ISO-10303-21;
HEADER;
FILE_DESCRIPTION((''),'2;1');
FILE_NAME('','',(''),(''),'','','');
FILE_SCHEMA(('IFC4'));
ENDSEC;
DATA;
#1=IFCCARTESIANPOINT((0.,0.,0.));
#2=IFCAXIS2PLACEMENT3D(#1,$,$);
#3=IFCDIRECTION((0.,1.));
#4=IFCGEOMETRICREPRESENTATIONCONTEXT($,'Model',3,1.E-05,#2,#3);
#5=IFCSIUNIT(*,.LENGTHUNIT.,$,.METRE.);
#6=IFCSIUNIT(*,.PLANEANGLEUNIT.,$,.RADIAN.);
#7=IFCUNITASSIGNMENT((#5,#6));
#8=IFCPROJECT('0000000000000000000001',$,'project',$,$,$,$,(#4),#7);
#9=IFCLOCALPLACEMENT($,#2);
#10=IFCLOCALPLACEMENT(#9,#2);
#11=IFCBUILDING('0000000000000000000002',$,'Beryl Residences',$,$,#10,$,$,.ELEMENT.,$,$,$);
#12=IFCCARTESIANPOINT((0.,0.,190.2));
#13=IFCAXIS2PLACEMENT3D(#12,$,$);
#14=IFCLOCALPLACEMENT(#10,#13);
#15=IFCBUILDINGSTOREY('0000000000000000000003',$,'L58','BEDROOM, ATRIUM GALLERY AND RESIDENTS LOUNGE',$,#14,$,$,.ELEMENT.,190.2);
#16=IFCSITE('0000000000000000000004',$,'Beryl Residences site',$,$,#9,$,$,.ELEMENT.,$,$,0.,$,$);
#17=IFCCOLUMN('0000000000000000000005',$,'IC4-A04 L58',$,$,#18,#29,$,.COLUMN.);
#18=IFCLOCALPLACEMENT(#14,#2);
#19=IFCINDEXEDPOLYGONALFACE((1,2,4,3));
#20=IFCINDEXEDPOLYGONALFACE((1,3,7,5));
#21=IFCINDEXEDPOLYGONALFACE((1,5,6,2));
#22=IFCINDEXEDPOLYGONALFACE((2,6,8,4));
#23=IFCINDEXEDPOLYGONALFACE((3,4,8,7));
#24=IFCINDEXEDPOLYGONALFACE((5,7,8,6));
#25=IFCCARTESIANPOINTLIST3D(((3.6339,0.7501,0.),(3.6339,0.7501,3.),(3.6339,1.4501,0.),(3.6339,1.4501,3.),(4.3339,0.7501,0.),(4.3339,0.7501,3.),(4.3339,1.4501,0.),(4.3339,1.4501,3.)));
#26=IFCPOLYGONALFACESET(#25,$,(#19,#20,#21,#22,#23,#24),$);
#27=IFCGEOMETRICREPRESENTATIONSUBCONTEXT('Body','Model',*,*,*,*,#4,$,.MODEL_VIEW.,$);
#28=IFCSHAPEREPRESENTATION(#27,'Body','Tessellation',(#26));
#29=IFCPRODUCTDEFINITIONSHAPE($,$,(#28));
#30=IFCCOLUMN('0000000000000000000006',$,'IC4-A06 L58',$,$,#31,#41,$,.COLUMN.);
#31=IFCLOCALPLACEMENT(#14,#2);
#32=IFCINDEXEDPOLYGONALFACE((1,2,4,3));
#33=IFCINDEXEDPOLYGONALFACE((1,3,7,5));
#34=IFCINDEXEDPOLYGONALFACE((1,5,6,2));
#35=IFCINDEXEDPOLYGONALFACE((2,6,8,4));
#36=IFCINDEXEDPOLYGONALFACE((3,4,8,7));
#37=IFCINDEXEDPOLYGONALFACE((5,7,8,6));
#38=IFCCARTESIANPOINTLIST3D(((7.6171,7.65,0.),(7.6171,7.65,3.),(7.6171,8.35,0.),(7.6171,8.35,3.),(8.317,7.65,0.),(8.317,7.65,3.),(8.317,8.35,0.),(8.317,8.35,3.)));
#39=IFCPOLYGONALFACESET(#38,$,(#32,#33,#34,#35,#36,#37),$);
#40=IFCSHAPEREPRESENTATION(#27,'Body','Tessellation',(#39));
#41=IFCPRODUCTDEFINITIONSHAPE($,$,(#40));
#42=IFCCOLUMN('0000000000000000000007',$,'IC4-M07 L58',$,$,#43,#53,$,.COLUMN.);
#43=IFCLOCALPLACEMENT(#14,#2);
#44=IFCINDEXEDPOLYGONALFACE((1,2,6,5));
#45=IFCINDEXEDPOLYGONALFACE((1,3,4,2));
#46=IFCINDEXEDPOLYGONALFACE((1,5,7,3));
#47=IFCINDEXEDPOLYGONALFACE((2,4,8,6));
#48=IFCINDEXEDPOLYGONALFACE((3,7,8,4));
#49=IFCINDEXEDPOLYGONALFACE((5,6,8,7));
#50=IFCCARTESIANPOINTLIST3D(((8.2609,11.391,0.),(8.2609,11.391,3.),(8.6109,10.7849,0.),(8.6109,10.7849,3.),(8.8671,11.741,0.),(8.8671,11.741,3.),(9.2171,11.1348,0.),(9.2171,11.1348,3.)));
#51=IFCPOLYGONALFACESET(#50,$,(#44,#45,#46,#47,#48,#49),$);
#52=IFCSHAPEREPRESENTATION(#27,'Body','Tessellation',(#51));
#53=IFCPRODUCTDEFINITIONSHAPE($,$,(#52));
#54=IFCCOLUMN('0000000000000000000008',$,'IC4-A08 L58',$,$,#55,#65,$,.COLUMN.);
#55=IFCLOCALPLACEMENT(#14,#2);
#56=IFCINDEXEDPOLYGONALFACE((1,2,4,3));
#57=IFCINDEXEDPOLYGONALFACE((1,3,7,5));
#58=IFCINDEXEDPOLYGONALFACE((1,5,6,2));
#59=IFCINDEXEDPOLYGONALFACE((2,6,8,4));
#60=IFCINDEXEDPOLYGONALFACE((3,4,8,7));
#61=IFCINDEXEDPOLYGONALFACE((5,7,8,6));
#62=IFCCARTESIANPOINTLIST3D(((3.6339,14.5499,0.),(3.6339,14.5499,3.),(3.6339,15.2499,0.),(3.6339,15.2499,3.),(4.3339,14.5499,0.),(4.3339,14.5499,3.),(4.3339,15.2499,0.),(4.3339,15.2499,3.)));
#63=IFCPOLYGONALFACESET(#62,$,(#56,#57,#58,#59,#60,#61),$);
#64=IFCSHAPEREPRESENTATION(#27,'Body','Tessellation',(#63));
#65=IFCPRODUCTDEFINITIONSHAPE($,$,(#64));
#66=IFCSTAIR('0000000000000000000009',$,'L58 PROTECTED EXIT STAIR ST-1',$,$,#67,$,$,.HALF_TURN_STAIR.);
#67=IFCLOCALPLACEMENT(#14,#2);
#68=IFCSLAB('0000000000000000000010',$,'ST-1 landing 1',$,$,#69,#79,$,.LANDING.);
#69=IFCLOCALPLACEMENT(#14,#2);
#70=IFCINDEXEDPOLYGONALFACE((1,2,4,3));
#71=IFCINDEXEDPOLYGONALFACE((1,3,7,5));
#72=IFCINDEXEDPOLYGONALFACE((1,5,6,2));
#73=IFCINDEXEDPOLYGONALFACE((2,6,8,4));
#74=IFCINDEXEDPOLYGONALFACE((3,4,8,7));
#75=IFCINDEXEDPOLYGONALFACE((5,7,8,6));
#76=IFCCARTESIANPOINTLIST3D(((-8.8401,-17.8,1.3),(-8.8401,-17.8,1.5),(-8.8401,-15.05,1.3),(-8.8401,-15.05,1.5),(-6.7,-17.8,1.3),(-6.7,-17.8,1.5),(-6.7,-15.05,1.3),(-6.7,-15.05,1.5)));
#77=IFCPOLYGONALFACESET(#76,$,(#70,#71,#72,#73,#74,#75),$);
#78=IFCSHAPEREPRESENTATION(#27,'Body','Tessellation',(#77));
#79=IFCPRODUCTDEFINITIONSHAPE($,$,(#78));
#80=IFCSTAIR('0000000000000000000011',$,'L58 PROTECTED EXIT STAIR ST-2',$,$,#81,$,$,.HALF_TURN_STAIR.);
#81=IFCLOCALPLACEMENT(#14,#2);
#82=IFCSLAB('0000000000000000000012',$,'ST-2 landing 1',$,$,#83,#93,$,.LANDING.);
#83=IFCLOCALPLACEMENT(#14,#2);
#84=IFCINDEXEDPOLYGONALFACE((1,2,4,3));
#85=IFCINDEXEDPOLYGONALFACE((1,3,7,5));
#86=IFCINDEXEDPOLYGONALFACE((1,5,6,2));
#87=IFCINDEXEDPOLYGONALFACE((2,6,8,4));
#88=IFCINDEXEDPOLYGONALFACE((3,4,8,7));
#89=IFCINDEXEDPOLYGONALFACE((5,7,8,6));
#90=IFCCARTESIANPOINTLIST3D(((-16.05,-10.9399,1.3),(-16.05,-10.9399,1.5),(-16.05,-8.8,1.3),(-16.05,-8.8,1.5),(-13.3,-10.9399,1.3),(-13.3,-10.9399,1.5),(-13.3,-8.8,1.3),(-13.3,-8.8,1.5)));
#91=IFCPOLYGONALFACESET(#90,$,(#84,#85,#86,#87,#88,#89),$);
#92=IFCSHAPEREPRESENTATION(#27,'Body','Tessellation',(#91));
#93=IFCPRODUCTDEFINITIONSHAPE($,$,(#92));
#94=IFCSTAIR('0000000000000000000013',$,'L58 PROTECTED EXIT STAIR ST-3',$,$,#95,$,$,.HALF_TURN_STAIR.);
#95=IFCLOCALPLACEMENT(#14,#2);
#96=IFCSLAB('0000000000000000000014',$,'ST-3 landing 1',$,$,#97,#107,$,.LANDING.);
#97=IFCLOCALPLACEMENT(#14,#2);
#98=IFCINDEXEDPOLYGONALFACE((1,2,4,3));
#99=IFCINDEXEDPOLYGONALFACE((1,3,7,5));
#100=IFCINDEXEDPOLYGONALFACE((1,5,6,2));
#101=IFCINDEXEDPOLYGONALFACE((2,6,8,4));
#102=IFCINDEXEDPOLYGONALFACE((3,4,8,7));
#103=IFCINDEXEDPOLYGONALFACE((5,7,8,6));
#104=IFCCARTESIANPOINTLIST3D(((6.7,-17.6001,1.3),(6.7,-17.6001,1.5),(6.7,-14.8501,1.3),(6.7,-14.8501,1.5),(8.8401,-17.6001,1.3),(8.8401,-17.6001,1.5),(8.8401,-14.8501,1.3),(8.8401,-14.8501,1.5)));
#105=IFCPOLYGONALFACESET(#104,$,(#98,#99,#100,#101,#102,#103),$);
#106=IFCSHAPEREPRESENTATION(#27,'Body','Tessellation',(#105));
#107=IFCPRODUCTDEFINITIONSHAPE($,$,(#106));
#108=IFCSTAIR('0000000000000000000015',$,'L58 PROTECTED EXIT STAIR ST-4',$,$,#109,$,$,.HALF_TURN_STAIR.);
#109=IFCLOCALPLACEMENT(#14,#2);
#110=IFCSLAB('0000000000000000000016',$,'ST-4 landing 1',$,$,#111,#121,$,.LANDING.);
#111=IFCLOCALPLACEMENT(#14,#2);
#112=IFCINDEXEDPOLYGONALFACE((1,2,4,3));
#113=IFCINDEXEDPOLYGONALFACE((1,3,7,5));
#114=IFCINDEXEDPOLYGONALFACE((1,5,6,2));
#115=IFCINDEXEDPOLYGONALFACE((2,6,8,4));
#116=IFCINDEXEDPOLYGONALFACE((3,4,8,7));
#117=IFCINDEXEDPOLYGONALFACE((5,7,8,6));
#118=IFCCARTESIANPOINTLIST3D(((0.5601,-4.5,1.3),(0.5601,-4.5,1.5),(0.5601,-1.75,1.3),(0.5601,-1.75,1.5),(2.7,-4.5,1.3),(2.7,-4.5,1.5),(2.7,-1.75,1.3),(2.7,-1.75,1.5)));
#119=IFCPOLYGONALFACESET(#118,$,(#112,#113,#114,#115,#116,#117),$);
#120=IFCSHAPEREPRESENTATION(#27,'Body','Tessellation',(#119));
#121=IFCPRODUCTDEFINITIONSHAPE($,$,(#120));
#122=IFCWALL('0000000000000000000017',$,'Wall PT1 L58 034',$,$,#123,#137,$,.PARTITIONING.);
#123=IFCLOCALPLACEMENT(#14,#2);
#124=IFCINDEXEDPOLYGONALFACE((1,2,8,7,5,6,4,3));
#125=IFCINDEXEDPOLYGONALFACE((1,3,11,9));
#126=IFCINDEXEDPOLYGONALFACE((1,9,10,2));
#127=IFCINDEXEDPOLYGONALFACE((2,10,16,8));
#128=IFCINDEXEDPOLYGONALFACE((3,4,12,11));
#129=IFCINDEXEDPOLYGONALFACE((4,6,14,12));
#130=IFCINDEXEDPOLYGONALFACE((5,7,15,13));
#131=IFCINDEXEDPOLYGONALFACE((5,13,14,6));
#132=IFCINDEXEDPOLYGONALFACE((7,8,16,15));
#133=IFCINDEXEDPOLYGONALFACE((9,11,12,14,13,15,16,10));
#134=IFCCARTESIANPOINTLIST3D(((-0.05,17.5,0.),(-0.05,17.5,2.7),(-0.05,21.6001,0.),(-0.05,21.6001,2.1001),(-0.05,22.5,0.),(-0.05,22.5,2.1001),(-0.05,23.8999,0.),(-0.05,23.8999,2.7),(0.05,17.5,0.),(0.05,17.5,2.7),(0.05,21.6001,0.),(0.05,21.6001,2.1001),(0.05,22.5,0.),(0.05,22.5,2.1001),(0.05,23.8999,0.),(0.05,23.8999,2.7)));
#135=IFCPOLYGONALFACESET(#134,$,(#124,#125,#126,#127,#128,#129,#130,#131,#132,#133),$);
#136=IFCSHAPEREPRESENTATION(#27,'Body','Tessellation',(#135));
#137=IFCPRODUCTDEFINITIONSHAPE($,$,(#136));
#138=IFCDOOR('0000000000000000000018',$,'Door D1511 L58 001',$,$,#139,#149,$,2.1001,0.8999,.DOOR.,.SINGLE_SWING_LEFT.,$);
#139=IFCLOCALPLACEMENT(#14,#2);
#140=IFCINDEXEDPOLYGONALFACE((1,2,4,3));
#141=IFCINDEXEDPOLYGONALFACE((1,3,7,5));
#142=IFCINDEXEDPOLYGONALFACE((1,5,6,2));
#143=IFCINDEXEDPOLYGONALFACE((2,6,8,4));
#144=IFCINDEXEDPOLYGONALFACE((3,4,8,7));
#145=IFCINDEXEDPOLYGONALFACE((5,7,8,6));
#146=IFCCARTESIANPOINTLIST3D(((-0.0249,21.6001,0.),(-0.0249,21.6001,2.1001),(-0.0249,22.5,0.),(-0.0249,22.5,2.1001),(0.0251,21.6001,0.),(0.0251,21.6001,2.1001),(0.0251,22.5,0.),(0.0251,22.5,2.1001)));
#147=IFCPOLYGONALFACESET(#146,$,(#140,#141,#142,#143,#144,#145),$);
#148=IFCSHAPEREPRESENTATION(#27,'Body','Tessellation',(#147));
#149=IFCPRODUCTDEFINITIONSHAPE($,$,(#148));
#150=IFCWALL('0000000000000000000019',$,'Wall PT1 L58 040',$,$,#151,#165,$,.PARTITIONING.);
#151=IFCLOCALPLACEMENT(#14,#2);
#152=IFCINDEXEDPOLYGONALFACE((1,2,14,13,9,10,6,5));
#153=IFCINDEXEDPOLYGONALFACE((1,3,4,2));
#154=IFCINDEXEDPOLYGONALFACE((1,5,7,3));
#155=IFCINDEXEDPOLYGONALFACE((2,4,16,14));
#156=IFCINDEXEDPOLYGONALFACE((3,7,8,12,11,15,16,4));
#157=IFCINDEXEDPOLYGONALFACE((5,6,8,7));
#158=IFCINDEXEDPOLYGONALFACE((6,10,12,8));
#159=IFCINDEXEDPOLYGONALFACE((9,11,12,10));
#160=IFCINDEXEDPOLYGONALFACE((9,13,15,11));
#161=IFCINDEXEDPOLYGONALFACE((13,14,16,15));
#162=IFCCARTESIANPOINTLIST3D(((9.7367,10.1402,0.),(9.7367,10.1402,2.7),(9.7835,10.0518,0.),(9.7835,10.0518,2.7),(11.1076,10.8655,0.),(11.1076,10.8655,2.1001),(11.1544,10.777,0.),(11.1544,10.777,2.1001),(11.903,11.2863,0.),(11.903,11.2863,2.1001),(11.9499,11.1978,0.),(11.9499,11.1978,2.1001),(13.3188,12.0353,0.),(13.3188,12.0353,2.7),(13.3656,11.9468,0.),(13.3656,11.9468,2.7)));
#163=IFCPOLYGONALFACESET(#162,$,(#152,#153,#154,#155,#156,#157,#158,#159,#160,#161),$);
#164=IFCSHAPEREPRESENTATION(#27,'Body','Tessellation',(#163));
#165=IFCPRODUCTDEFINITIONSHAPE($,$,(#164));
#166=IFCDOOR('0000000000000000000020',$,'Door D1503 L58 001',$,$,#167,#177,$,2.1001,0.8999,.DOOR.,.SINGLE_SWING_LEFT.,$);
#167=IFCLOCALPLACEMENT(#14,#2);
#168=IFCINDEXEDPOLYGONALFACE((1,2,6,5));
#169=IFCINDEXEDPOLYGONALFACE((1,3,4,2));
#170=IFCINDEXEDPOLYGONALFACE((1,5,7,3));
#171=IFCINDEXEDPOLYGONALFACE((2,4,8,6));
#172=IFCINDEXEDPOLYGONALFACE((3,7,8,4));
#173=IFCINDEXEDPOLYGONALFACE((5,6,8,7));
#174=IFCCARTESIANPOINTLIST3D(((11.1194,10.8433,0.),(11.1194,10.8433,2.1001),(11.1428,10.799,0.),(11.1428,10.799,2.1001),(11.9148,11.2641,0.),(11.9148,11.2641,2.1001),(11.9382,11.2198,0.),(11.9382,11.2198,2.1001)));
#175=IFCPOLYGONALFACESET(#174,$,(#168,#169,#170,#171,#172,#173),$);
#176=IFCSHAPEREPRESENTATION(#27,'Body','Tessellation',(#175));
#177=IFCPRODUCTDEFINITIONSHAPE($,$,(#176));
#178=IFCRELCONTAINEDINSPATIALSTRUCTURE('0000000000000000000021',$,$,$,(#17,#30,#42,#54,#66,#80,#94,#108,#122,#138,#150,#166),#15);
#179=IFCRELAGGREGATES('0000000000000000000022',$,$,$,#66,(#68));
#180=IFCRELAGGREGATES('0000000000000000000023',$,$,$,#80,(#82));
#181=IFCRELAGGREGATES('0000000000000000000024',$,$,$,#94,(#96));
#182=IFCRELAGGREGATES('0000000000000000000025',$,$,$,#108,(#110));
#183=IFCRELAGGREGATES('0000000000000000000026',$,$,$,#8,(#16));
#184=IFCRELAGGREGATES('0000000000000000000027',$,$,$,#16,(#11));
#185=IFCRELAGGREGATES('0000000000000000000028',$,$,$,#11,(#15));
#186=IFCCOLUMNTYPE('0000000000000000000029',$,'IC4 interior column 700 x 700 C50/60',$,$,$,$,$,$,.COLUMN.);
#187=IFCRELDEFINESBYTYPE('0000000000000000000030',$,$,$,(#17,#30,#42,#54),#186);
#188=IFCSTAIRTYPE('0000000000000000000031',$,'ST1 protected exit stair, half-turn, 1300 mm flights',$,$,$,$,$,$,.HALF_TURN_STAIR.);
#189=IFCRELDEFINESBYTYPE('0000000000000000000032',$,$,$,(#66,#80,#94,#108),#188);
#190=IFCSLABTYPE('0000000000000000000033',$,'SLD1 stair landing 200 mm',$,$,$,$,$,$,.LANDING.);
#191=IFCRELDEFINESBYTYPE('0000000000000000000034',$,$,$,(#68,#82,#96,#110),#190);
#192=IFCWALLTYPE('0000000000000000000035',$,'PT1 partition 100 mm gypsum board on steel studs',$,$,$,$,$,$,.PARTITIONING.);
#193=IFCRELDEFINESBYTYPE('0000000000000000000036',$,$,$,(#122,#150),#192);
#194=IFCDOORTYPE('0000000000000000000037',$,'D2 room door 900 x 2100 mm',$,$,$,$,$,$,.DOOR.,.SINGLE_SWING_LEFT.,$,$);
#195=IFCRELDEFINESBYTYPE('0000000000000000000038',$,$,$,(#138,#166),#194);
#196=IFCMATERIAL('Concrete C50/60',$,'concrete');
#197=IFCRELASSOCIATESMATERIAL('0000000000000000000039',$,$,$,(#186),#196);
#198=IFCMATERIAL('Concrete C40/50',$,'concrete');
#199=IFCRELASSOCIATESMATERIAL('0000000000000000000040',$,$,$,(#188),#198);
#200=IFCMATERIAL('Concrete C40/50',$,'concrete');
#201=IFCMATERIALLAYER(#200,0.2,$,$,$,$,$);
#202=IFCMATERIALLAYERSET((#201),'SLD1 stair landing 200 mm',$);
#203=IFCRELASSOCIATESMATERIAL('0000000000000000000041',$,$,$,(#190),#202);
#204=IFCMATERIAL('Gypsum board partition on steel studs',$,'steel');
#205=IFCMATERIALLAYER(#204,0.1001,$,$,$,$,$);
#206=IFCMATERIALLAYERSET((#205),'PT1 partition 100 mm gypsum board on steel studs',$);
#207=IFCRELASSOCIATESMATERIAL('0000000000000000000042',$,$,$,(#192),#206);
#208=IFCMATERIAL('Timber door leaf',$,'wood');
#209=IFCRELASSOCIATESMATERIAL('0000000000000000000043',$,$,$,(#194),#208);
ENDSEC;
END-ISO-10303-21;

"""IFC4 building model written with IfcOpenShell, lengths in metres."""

from ifc_helpers import new_model, si_unit, direction, frame, frame_2d, origin, origin_2d, place, context, subcontext, project, spatial, polyline, rectangle, outline, extrude, material, layer, layer_set, material_profile, profile_set, type_object, element, fill, aggregate, save


model = new_model("IFC4")

# Units and contexts
model_context = context("Model", 3, precision=1e-05, world=origin(), true_north=direction((0.0, 1.0)))
body_context = subcontext(model_context, "Body", "Model", "MODEL_VIEW")
ifc_project = project(units=[si_unit("LENGTHUNIT", "METRE"), si_unit("PLANEANGLEUNIT", "RADIAN")], contexts=[model_context])

# Site, building, storey
site_placement = place(None, origin())
site = spatial("IfcSite", under=ifc_project, at=site_placement, Name="Beryl Residences site", CompositionType="ELEMENT", RefElevation=0.0)
building_placement = place(site_placement, origin())
building = spatial("IfcBuilding", under=site, at=building_placement, Name="Beryl Residences", CompositionType="ELEMENT")
storey_placement = place(building_placement, frame((0.0, 0.0, 190.2)))
storey = spatial("IfcBuildingStorey", under=building, at=storey_placement, Name="L58", Description="BEDROOM, ATRIUM GALLERY AND RESIDENTS LOUNGE", CompositionType="ELEMENT", Elevation=190.2)

# Columns
ifc_material_1 = material(Name="Concrete C50/60", Category="concrete")
ifc_material_profile = material_profile(ifc_material_1, rectangle(XDim=0.7, YDim=0.7, at=origin_2d()))
ifc_profile_set = profile_set([ifc_material_profile], Name="Concrete C50/60")
column_type = type_object("IfcColumnType", Name="IC4 interior column 700 x 700 C50/60", PredefinedType="COLUMN", material=ifc_profile_set)
for number, where, z_axis, x_axis, name in (
    (1, (3.9839, 1.1001, 0.0), (0.0, 0.0, 1.0), (1.0, 0.0, 0.0), "IC4-A04 L58"),
    (2, (7.967, 8.0, 0.0), (0.0, 0.0, 1.0), (1.0, 0.0, 0.0), "IC4-A06 L58"),
    (3, (8.739, 11.2629, 0.0), (0.0, 0.0, 1.0), (-0.5, 0.866025, 0.0), "IC4-M07 L58"),
    (4, (3.9839, 14.8999, 0.0), (0.0, 0.0, 1.0), (1.0, 0.0, 0.0), "IC4-A08 L58"),
):
    element("IfcColumn", number, at=place(storey_placement, frame(where, z_axis=z_axis, x_axis=x_axis)), inside=storey, type_object=column_type, Name=name, PredefinedType="COLUMN", context=body_context, shape_type="SweptSolid", body=[
        extrude(rectangle(XDim=0.7, YDim=0.7, at=origin_2d()), origin(), (0.0, 0.0, 1.0), 3.0),
    ])

# Stairs, slabs
ifc_material_2 = material(Name="Concrete C40/50", Category="concrete")
stair_type = type_object("IfcStairType", Name="ST1 protected exit stair, half-turn, 1300 mm flights", PredefinedType="HALF_TURN_STAIR", material=ifc_material_2)
stair_1_placement = place(storey_placement, origin())
stair_1 = element("IfcStair", 5, at=stair_1_placement, inside=storey, type_object=stair_type, Name="L58 PROTECTED EXIT STAIR ST-1", PredefinedType="HALF_TURN_STAIR")
ifc_material_3 = material(Name="Concrete C40/50", Category="concrete")
ifc_layer_1 = layer(ifc_material_3, 0.2)
ifc_layer_set_1 = layer_set([ifc_layer_1], Name="SLD1 stair landing 200 mm")
slab_type_1 = type_object("IfcSlabType", Name="SLD1 stair landing 200 mm", PredefinedType="LANDING", material=ifc_layer_set_1)
slab_1_placement = place(storey_placement, frame((0.0, 0.0, 1.3)))
slab_1 = element("IfcSlab", 6, at=slab_1_placement, type_object=slab_type_1, Name="ST-1 landing 1", PredefinedType="LANDING", context=body_context, shape_type="SweptSolid", body=[
    extrude(outline(polyline([(-8.8401, -17.8), (-6.7, -17.8), (-6.7, -15.05), (-8.8401, -15.05), (-8.8401, -17.8)])), origin(), (0.0, 0.0, 1.0), 0.2),
])
aggregate(stair_1, [slab_1])
stair_2_placement = place(storey_placement, origin())
stair_2 = element("IfcStair", 7, at=stair_2_placement, inside=storey, type_object=stair_type, Name="L58 PROTECTED EXIT STAIR ST-2", PredefinedType="HALF_TURN_STAIR")
slab_2_placement = place(storey_placement, frame((0.0, 0.0, 1.3)))
slab_2 = element("IfcSlab", 8, at=slab_2_placement, type_object=slab_type_1, Name="ST-2 landing 1", PredefinedType="LANDING", context=body_context, shape_type="SweptSolid", body=[
    extrude(outline(polyline([(-13.3, -10.9399), (-13.3, -8.8), (-16.05, -8.8), (-16.05, -10.9399), (-13.3, -10.9399)])), origin(), (0.0, 0.0, 1.0), 0.2),
])
aggregate(stair_2, [slab_2])
stair_3_placement = place(storey_placement, origin())
stair_3 = element("IfcStair", 9, at=stair_3_placement, inside=storey, type_object=stair_type, Name="L58 PROTECTED EXIT STAIR ST-3", PredefinedType="HALF_TURN_STAIR")
slab_3_placement = place(storey_placement, frame((0.0, 0.0, 1.3)))
slab_3 = element("IfcSlab", 10, at=slab_3_placement, type_object=slab_type_1, Name="ST-3 landing 1", PredefinedType="LANDING", context=body_context, shape_type="SweptSolid", body=[
    extrude(outline(polyline([(8.8401, -14.8501), (6.7, -14.8501), (6.7, -17.6001), (8.8401, -17.6001), (8.8401, -14.8501)])), origin(), (0.0, 0.0, 1.0), 0.2),
])
aggregate(stair_3, [slab_3])
stair_4_placement = place(storey_placement, origin())
stair_4 = element("IfcStair", 11, at=stair_4_placement, inside=storey, type_object=stair_type, Name="L58 PROTECTED EXIT STAIR ST-4", PredefinedType="HALF_TURN_STAIR")
slab_4_placement = place(storey_placement, frame((0.0, 0.0, 1.3)))
slab_4 = element("IfcSlab", 12, at=slab_4_placement, type_object=slab_type_1, Name="ST-4 landing 1", PredefinedType="LANDING", context=body_context, shape_type="SweptSolid", body=[
    extrude(outline(polyline([(0.5601, -4.5), (2.7, -4.5), (2.7, -1.75), (0.5601, -1.75), (0.5601, -4.5)])), origin(), (0.0, 0.0, 1.0), 0.2),
])
aggregate(stair_4, [slab_4])

# Walls, openings, doors
ifc_material_4 = material(Name="Gypsum board partition on steel studs", Category="steel")
ifc_layer_2 = layer(ifc_material_4, 0.1001)
ifc_layer_set_2 = layer_set([ifc_layer_2], Name="PT1 partition 100 mm gypsum board on steel studs")
wall_type_1 = type_object("IfcWallType", Name="PT1 partition 100 mm gypsum board on steel studs", PredefinedType="PARTITIONING", material=ifc_layer_set_2)
wall_1_placement = place(storey_placement, frame((0.0, 17.5, 0.0), z_axis=(0.0, 0.0, 1.0), x_axis=(0.0, 1.0, 0.0)))
wall_1 = element("IfcWall", 13, at=wall_1_placement, inside=storey, type_object=wall_type_1, Name="Wall PT1 L58 034", PredefinedType="PARTITIONING", context=body_context, shape_type="SweptSolid", body=[
    extrude(rectangle(XDim=6.3999, YDim=0.1001, at=frame_2d((3.2, 0.0))), origin(), (0.0, 0.0, 1.0), 2.7),
])
opening_1_placement = place(wall_1_placement, frame((4.1001, 0.0, 0.0)))
opening_1 = element("IfcOpeningElement", 14, at=opening_1_placement, cuts=wall_1, PredefinedType="OPENING", context=body_context, shape_type="SweptSolid", body=[
    extrude(rectangle(XDim=0.8999, YDim=2.1001, at=frame_2d((0.45, 1.05))), frame((0.0, 0.0601, 0.0), z_axis=(0.0, -1.0, 0.0), x_axis=(1.0, 0.0, 0.0)), (0.0, 0.0, 1.0), 0.1201),
])
ifc_material_5 = material(Name="Timber door leaf", Category="wood")
door_type_1 = type_object("IfcDoorType", Name="D2 room door 900 x 2100 mm", OperationType="SINGLE_SWING_LEFT", PredefinedType="DOOR", material=ifc_material_5)
door_1_placement = place(opening_1_placement, origin())
door_1 = element("IfcDoor", 15, at=door_1_placement, inside=storey, type_object=door_type_1, Name="Door D1511 L58 001", OperationType="SINGLE_SWING_LEFT", OverallHeight=2.1001, OverallWidth=0.8999, PredefinedType="DOOR", context=body_context, shape_type="SweptSolid", body=[
    extrude(rectangle(XDim=0.8999, YDim=2.1001, at=frame_2d((0.45, 1.05))), frame((0.0, 0.0249, 0.0), z_axis=(0.0, -1.0, 0.0), x_axis=(1.0, 0.0, 0.0)), (0.0, 0.0, 1.0), 0.05),
])
fill(opening_1, door_1)
wall_2_placement = place(storey_placement, frame((9.76, 10.0959, 0.0), z_axis=(0.0, 0.0, 1.0), x_axis=(0.883926, 0.467628, 0.0)))
wall_2 = element("IfcWall", 16, at=wall_2_placement, inside=storey, type_object=wall_type_1, Name="Wall PT1 L58 040", PredefinedType="PARTITIONING", context=body_context, shape_type="SweptSolid", body=[
    extrude(rectangle(XDim=4.0525, YDim=0.1001, at=frame_2d((2.0264, 0.0))), origin(), (0.0, 0.0, 1.0), 2.7),
])
opening_2_placement = place(wall_2_placement, frame((1.551, 0.0, 0.0)))
opening_2 = element("IfcOpeningElement", 17, at=opening_2_placement, cuts=wall_2, PredefinedType="OPENING", context=body_context, shape_type="SweptSolid", body=[
    extrude(rectangle(XDim=0.8999, YDim=2.1001, at=frame_2d((0.45, 1.05))), frame((0.0, 0.0601, 0.0), z_axis=(0.0, -1.0, 0.0), x_axis=(1.0, 0.0, 0.0)), (0.0, 0.0, 1.0), 0.1201),
])
door_2_placement = place(opening_2_placement, origin())
door_2 = element("IfcDoor", 18, at=door_2_placement, inside=storey, type_object=door_type_1, Name="Door D1503 L58 001", OperationType="SINGLE_SWING_LEFT", OverallHeight=2.1001, OverallWidth=0.8999, PredefinedType="DOOR", context=body_context, shape_type="SweptSolid", body=[
    extrude(rectangle(XDim=0.8999, YDim=2.1001, at=frame_2d((0.45, 1.05))), frame((0.0, 0.0249, 0.0), z_axis=(0.0, -1.0, 0.0), x_axis=(1.0, 0.0, 0.0)), (0.0, 0.0, 1.0), 0.05),
])
fill(opening_2, door_2)

save(model, "model.ifc")
